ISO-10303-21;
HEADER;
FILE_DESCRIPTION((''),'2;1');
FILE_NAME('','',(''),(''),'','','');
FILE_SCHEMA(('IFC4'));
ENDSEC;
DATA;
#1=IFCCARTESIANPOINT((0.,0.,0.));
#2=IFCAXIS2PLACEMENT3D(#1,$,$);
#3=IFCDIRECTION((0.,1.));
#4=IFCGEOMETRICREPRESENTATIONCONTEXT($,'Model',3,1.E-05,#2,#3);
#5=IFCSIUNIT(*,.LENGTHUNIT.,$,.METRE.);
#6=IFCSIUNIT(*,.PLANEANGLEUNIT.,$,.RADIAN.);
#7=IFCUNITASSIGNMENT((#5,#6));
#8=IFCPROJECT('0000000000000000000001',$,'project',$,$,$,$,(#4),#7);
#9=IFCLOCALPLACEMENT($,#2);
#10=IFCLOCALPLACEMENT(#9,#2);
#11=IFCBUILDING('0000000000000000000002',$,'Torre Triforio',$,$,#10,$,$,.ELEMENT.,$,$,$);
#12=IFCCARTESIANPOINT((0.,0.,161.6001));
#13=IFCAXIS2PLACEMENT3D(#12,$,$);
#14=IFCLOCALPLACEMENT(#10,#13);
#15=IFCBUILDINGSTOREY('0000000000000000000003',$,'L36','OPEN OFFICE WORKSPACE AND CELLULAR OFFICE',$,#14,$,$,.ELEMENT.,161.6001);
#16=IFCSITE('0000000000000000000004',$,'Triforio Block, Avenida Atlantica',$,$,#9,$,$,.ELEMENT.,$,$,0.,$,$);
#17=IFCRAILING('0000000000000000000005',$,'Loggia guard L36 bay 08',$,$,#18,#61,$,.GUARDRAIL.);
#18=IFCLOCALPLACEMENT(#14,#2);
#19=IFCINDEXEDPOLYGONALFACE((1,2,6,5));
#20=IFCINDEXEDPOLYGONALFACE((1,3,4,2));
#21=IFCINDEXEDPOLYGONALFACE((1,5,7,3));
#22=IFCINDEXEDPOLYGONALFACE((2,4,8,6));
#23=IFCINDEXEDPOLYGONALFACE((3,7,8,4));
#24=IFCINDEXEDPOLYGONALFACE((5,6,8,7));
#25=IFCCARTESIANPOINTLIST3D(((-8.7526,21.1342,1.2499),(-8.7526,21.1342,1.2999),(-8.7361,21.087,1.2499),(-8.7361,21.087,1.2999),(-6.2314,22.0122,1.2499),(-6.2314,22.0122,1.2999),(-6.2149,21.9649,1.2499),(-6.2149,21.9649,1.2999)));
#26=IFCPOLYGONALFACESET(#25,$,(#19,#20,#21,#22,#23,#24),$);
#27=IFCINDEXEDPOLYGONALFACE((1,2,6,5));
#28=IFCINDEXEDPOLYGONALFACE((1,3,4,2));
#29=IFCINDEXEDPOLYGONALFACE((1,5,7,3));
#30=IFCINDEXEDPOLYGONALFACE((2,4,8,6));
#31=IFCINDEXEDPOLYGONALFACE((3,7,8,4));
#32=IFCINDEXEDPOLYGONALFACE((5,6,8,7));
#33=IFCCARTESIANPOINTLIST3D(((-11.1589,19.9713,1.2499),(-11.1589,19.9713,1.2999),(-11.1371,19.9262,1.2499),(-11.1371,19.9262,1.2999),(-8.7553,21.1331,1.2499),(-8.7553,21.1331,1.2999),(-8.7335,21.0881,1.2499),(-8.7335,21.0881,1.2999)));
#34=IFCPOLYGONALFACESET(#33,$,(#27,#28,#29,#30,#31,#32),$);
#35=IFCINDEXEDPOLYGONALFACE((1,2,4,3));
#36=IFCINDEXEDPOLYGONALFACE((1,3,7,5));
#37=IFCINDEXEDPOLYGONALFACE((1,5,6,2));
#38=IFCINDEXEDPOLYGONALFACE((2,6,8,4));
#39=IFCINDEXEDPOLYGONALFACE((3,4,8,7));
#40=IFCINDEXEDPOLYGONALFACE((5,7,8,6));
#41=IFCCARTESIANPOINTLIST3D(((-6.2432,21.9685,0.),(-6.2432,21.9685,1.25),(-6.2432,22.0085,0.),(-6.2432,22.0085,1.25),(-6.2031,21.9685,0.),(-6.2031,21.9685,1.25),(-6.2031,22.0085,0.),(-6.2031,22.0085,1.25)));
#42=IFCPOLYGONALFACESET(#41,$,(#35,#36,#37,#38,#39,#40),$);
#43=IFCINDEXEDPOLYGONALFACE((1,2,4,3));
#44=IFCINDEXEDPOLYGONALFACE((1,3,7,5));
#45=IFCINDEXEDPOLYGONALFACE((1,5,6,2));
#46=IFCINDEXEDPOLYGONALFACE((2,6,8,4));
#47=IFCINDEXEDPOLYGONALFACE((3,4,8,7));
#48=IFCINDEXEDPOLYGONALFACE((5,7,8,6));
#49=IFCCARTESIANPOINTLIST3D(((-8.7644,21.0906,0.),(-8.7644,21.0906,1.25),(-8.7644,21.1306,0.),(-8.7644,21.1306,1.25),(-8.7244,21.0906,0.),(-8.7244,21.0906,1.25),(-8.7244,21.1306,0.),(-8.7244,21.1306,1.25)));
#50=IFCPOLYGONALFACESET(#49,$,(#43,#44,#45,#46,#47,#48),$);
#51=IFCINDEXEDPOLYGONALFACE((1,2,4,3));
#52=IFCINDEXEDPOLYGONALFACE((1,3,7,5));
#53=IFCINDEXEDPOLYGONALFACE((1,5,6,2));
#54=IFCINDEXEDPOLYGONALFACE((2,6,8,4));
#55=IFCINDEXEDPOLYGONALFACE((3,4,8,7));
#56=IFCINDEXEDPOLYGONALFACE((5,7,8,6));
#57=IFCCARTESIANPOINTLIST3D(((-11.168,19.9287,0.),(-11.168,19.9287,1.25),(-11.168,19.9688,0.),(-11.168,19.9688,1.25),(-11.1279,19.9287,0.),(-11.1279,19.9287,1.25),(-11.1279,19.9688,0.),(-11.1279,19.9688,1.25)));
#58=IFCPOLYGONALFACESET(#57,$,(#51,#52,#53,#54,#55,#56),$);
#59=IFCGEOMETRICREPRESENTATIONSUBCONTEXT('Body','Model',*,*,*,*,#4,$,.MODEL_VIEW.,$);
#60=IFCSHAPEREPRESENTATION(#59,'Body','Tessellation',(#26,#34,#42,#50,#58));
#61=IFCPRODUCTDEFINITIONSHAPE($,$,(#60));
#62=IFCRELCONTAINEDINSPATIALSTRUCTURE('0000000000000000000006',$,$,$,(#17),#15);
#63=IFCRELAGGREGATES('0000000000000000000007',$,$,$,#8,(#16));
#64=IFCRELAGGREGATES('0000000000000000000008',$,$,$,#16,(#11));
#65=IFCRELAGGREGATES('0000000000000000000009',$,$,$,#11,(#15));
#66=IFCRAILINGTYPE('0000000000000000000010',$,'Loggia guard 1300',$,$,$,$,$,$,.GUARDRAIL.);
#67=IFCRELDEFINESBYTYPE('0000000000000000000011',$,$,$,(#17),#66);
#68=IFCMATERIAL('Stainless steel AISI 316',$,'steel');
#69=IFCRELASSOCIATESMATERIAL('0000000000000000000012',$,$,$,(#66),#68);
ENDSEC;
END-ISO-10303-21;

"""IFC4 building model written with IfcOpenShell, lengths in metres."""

from ifc_helpers import new_model, si_unit, direction, frame, origin, origin_2d, place, context, subcontext, project, spatial, rectangle, extrude, material, type_object, element, save


model = new_model("IFC4")

# Units and contexts
model_context = context("Model", 3, precision=1e-05, world=origin(), true_north=direction((0.0, 1.0)))
body_context = subcontext(model_context, "Body", "Model", "MODEL_VIEW")
ifc_project = project(units=[si_unit("LENGTHUNIT", "METRE"), si_unit("PLANEANGLEUNIT", "RADIAN")], contexts=[model_context])

# Site, building, storey
site_placement = place(None, origin())
site = spatial("IfcSite", under=ifc_project, at=site_placement, Name="Triforio Block, Avenida Atlantica", CompositionType="ELEMENT", RefElevation=0.0)
building_placement = place(site_placement, origin())
building = spatial("IfcBuilding", under=site, at=building_placement, Name="Torre Triforio", CompositionType="ELEMENT")
storey_placement = place(building_placement, frame((0.0, 0.0, 161.6001)))
storey = spatial("IfcBuildingStorey", under=building, at=storey_placement, Name="L36", Description="OPEN OFFICE WORKSPACE AND CELLULAR OFFICE", CompositionType="ELEMENT", Elevation=161.6001)

# Railing
ifc_material_1 = material(Name="Stainless steel AISI 316", Category="steel")
railing_type_1 = type_object("IfcRailingType", Name="Loggia guard 1300", PredefinedType="GUARDRAIL", material=ifc_material_1)
railing_1_placement = place(storey_placement, frame((-6.2231, 21.9885, 0.0)))
element("IfcRailing", 1, at=railing_1_placement, inside=storey, type_object=railing_type_1, Name="Loggia guard L36 bay 08", PredefinedType="GUARDRAIL", context=body_context, shape_type="SweptSolid", body=[
    extrude(rectangle(XDim=0.05, YDim=0.05, at=origin_2d()), frame((0.0, 0.0, 1.2749), z_axis=(-0.944383, -0.328847, 0.0), x_axis=(0.328847, -0.944383, 0.0)), (0.0, 0.0, 1.0), 2.6697),
    extrude(rectangle(XDim=0.05, YDim=0.05, at=origin_2d()), frame((-2.5212, -0.8779, 1.2749), z_axis=(-0.900328, -0.435212, 0.0), x_axis=(0.435212, -0.900328, 0.0)), (0.0, 0.0, 1.0), 2.6697),
    extrude(rectangle(XDim=0.04, YDim=0.04, at=origin_2d()), origin(), (0.0, 0.0, 1.0), 1.25),
    extrude(rectangle(XDim=0.04, YDim=0.04, at=origin_2d()), frame((-2.5212, -0.8779, 0.0)), (0.0, 0.0, 1.0), 1.25),
    extrude(rectangle(XDim=0.04, YDim=0.04, at=origin_2d()), frame((-4.9248, -2.0398, 0.0)), (0.0, 0.0, 1.0), 1.25),
])

save(model, "model.ifc")
